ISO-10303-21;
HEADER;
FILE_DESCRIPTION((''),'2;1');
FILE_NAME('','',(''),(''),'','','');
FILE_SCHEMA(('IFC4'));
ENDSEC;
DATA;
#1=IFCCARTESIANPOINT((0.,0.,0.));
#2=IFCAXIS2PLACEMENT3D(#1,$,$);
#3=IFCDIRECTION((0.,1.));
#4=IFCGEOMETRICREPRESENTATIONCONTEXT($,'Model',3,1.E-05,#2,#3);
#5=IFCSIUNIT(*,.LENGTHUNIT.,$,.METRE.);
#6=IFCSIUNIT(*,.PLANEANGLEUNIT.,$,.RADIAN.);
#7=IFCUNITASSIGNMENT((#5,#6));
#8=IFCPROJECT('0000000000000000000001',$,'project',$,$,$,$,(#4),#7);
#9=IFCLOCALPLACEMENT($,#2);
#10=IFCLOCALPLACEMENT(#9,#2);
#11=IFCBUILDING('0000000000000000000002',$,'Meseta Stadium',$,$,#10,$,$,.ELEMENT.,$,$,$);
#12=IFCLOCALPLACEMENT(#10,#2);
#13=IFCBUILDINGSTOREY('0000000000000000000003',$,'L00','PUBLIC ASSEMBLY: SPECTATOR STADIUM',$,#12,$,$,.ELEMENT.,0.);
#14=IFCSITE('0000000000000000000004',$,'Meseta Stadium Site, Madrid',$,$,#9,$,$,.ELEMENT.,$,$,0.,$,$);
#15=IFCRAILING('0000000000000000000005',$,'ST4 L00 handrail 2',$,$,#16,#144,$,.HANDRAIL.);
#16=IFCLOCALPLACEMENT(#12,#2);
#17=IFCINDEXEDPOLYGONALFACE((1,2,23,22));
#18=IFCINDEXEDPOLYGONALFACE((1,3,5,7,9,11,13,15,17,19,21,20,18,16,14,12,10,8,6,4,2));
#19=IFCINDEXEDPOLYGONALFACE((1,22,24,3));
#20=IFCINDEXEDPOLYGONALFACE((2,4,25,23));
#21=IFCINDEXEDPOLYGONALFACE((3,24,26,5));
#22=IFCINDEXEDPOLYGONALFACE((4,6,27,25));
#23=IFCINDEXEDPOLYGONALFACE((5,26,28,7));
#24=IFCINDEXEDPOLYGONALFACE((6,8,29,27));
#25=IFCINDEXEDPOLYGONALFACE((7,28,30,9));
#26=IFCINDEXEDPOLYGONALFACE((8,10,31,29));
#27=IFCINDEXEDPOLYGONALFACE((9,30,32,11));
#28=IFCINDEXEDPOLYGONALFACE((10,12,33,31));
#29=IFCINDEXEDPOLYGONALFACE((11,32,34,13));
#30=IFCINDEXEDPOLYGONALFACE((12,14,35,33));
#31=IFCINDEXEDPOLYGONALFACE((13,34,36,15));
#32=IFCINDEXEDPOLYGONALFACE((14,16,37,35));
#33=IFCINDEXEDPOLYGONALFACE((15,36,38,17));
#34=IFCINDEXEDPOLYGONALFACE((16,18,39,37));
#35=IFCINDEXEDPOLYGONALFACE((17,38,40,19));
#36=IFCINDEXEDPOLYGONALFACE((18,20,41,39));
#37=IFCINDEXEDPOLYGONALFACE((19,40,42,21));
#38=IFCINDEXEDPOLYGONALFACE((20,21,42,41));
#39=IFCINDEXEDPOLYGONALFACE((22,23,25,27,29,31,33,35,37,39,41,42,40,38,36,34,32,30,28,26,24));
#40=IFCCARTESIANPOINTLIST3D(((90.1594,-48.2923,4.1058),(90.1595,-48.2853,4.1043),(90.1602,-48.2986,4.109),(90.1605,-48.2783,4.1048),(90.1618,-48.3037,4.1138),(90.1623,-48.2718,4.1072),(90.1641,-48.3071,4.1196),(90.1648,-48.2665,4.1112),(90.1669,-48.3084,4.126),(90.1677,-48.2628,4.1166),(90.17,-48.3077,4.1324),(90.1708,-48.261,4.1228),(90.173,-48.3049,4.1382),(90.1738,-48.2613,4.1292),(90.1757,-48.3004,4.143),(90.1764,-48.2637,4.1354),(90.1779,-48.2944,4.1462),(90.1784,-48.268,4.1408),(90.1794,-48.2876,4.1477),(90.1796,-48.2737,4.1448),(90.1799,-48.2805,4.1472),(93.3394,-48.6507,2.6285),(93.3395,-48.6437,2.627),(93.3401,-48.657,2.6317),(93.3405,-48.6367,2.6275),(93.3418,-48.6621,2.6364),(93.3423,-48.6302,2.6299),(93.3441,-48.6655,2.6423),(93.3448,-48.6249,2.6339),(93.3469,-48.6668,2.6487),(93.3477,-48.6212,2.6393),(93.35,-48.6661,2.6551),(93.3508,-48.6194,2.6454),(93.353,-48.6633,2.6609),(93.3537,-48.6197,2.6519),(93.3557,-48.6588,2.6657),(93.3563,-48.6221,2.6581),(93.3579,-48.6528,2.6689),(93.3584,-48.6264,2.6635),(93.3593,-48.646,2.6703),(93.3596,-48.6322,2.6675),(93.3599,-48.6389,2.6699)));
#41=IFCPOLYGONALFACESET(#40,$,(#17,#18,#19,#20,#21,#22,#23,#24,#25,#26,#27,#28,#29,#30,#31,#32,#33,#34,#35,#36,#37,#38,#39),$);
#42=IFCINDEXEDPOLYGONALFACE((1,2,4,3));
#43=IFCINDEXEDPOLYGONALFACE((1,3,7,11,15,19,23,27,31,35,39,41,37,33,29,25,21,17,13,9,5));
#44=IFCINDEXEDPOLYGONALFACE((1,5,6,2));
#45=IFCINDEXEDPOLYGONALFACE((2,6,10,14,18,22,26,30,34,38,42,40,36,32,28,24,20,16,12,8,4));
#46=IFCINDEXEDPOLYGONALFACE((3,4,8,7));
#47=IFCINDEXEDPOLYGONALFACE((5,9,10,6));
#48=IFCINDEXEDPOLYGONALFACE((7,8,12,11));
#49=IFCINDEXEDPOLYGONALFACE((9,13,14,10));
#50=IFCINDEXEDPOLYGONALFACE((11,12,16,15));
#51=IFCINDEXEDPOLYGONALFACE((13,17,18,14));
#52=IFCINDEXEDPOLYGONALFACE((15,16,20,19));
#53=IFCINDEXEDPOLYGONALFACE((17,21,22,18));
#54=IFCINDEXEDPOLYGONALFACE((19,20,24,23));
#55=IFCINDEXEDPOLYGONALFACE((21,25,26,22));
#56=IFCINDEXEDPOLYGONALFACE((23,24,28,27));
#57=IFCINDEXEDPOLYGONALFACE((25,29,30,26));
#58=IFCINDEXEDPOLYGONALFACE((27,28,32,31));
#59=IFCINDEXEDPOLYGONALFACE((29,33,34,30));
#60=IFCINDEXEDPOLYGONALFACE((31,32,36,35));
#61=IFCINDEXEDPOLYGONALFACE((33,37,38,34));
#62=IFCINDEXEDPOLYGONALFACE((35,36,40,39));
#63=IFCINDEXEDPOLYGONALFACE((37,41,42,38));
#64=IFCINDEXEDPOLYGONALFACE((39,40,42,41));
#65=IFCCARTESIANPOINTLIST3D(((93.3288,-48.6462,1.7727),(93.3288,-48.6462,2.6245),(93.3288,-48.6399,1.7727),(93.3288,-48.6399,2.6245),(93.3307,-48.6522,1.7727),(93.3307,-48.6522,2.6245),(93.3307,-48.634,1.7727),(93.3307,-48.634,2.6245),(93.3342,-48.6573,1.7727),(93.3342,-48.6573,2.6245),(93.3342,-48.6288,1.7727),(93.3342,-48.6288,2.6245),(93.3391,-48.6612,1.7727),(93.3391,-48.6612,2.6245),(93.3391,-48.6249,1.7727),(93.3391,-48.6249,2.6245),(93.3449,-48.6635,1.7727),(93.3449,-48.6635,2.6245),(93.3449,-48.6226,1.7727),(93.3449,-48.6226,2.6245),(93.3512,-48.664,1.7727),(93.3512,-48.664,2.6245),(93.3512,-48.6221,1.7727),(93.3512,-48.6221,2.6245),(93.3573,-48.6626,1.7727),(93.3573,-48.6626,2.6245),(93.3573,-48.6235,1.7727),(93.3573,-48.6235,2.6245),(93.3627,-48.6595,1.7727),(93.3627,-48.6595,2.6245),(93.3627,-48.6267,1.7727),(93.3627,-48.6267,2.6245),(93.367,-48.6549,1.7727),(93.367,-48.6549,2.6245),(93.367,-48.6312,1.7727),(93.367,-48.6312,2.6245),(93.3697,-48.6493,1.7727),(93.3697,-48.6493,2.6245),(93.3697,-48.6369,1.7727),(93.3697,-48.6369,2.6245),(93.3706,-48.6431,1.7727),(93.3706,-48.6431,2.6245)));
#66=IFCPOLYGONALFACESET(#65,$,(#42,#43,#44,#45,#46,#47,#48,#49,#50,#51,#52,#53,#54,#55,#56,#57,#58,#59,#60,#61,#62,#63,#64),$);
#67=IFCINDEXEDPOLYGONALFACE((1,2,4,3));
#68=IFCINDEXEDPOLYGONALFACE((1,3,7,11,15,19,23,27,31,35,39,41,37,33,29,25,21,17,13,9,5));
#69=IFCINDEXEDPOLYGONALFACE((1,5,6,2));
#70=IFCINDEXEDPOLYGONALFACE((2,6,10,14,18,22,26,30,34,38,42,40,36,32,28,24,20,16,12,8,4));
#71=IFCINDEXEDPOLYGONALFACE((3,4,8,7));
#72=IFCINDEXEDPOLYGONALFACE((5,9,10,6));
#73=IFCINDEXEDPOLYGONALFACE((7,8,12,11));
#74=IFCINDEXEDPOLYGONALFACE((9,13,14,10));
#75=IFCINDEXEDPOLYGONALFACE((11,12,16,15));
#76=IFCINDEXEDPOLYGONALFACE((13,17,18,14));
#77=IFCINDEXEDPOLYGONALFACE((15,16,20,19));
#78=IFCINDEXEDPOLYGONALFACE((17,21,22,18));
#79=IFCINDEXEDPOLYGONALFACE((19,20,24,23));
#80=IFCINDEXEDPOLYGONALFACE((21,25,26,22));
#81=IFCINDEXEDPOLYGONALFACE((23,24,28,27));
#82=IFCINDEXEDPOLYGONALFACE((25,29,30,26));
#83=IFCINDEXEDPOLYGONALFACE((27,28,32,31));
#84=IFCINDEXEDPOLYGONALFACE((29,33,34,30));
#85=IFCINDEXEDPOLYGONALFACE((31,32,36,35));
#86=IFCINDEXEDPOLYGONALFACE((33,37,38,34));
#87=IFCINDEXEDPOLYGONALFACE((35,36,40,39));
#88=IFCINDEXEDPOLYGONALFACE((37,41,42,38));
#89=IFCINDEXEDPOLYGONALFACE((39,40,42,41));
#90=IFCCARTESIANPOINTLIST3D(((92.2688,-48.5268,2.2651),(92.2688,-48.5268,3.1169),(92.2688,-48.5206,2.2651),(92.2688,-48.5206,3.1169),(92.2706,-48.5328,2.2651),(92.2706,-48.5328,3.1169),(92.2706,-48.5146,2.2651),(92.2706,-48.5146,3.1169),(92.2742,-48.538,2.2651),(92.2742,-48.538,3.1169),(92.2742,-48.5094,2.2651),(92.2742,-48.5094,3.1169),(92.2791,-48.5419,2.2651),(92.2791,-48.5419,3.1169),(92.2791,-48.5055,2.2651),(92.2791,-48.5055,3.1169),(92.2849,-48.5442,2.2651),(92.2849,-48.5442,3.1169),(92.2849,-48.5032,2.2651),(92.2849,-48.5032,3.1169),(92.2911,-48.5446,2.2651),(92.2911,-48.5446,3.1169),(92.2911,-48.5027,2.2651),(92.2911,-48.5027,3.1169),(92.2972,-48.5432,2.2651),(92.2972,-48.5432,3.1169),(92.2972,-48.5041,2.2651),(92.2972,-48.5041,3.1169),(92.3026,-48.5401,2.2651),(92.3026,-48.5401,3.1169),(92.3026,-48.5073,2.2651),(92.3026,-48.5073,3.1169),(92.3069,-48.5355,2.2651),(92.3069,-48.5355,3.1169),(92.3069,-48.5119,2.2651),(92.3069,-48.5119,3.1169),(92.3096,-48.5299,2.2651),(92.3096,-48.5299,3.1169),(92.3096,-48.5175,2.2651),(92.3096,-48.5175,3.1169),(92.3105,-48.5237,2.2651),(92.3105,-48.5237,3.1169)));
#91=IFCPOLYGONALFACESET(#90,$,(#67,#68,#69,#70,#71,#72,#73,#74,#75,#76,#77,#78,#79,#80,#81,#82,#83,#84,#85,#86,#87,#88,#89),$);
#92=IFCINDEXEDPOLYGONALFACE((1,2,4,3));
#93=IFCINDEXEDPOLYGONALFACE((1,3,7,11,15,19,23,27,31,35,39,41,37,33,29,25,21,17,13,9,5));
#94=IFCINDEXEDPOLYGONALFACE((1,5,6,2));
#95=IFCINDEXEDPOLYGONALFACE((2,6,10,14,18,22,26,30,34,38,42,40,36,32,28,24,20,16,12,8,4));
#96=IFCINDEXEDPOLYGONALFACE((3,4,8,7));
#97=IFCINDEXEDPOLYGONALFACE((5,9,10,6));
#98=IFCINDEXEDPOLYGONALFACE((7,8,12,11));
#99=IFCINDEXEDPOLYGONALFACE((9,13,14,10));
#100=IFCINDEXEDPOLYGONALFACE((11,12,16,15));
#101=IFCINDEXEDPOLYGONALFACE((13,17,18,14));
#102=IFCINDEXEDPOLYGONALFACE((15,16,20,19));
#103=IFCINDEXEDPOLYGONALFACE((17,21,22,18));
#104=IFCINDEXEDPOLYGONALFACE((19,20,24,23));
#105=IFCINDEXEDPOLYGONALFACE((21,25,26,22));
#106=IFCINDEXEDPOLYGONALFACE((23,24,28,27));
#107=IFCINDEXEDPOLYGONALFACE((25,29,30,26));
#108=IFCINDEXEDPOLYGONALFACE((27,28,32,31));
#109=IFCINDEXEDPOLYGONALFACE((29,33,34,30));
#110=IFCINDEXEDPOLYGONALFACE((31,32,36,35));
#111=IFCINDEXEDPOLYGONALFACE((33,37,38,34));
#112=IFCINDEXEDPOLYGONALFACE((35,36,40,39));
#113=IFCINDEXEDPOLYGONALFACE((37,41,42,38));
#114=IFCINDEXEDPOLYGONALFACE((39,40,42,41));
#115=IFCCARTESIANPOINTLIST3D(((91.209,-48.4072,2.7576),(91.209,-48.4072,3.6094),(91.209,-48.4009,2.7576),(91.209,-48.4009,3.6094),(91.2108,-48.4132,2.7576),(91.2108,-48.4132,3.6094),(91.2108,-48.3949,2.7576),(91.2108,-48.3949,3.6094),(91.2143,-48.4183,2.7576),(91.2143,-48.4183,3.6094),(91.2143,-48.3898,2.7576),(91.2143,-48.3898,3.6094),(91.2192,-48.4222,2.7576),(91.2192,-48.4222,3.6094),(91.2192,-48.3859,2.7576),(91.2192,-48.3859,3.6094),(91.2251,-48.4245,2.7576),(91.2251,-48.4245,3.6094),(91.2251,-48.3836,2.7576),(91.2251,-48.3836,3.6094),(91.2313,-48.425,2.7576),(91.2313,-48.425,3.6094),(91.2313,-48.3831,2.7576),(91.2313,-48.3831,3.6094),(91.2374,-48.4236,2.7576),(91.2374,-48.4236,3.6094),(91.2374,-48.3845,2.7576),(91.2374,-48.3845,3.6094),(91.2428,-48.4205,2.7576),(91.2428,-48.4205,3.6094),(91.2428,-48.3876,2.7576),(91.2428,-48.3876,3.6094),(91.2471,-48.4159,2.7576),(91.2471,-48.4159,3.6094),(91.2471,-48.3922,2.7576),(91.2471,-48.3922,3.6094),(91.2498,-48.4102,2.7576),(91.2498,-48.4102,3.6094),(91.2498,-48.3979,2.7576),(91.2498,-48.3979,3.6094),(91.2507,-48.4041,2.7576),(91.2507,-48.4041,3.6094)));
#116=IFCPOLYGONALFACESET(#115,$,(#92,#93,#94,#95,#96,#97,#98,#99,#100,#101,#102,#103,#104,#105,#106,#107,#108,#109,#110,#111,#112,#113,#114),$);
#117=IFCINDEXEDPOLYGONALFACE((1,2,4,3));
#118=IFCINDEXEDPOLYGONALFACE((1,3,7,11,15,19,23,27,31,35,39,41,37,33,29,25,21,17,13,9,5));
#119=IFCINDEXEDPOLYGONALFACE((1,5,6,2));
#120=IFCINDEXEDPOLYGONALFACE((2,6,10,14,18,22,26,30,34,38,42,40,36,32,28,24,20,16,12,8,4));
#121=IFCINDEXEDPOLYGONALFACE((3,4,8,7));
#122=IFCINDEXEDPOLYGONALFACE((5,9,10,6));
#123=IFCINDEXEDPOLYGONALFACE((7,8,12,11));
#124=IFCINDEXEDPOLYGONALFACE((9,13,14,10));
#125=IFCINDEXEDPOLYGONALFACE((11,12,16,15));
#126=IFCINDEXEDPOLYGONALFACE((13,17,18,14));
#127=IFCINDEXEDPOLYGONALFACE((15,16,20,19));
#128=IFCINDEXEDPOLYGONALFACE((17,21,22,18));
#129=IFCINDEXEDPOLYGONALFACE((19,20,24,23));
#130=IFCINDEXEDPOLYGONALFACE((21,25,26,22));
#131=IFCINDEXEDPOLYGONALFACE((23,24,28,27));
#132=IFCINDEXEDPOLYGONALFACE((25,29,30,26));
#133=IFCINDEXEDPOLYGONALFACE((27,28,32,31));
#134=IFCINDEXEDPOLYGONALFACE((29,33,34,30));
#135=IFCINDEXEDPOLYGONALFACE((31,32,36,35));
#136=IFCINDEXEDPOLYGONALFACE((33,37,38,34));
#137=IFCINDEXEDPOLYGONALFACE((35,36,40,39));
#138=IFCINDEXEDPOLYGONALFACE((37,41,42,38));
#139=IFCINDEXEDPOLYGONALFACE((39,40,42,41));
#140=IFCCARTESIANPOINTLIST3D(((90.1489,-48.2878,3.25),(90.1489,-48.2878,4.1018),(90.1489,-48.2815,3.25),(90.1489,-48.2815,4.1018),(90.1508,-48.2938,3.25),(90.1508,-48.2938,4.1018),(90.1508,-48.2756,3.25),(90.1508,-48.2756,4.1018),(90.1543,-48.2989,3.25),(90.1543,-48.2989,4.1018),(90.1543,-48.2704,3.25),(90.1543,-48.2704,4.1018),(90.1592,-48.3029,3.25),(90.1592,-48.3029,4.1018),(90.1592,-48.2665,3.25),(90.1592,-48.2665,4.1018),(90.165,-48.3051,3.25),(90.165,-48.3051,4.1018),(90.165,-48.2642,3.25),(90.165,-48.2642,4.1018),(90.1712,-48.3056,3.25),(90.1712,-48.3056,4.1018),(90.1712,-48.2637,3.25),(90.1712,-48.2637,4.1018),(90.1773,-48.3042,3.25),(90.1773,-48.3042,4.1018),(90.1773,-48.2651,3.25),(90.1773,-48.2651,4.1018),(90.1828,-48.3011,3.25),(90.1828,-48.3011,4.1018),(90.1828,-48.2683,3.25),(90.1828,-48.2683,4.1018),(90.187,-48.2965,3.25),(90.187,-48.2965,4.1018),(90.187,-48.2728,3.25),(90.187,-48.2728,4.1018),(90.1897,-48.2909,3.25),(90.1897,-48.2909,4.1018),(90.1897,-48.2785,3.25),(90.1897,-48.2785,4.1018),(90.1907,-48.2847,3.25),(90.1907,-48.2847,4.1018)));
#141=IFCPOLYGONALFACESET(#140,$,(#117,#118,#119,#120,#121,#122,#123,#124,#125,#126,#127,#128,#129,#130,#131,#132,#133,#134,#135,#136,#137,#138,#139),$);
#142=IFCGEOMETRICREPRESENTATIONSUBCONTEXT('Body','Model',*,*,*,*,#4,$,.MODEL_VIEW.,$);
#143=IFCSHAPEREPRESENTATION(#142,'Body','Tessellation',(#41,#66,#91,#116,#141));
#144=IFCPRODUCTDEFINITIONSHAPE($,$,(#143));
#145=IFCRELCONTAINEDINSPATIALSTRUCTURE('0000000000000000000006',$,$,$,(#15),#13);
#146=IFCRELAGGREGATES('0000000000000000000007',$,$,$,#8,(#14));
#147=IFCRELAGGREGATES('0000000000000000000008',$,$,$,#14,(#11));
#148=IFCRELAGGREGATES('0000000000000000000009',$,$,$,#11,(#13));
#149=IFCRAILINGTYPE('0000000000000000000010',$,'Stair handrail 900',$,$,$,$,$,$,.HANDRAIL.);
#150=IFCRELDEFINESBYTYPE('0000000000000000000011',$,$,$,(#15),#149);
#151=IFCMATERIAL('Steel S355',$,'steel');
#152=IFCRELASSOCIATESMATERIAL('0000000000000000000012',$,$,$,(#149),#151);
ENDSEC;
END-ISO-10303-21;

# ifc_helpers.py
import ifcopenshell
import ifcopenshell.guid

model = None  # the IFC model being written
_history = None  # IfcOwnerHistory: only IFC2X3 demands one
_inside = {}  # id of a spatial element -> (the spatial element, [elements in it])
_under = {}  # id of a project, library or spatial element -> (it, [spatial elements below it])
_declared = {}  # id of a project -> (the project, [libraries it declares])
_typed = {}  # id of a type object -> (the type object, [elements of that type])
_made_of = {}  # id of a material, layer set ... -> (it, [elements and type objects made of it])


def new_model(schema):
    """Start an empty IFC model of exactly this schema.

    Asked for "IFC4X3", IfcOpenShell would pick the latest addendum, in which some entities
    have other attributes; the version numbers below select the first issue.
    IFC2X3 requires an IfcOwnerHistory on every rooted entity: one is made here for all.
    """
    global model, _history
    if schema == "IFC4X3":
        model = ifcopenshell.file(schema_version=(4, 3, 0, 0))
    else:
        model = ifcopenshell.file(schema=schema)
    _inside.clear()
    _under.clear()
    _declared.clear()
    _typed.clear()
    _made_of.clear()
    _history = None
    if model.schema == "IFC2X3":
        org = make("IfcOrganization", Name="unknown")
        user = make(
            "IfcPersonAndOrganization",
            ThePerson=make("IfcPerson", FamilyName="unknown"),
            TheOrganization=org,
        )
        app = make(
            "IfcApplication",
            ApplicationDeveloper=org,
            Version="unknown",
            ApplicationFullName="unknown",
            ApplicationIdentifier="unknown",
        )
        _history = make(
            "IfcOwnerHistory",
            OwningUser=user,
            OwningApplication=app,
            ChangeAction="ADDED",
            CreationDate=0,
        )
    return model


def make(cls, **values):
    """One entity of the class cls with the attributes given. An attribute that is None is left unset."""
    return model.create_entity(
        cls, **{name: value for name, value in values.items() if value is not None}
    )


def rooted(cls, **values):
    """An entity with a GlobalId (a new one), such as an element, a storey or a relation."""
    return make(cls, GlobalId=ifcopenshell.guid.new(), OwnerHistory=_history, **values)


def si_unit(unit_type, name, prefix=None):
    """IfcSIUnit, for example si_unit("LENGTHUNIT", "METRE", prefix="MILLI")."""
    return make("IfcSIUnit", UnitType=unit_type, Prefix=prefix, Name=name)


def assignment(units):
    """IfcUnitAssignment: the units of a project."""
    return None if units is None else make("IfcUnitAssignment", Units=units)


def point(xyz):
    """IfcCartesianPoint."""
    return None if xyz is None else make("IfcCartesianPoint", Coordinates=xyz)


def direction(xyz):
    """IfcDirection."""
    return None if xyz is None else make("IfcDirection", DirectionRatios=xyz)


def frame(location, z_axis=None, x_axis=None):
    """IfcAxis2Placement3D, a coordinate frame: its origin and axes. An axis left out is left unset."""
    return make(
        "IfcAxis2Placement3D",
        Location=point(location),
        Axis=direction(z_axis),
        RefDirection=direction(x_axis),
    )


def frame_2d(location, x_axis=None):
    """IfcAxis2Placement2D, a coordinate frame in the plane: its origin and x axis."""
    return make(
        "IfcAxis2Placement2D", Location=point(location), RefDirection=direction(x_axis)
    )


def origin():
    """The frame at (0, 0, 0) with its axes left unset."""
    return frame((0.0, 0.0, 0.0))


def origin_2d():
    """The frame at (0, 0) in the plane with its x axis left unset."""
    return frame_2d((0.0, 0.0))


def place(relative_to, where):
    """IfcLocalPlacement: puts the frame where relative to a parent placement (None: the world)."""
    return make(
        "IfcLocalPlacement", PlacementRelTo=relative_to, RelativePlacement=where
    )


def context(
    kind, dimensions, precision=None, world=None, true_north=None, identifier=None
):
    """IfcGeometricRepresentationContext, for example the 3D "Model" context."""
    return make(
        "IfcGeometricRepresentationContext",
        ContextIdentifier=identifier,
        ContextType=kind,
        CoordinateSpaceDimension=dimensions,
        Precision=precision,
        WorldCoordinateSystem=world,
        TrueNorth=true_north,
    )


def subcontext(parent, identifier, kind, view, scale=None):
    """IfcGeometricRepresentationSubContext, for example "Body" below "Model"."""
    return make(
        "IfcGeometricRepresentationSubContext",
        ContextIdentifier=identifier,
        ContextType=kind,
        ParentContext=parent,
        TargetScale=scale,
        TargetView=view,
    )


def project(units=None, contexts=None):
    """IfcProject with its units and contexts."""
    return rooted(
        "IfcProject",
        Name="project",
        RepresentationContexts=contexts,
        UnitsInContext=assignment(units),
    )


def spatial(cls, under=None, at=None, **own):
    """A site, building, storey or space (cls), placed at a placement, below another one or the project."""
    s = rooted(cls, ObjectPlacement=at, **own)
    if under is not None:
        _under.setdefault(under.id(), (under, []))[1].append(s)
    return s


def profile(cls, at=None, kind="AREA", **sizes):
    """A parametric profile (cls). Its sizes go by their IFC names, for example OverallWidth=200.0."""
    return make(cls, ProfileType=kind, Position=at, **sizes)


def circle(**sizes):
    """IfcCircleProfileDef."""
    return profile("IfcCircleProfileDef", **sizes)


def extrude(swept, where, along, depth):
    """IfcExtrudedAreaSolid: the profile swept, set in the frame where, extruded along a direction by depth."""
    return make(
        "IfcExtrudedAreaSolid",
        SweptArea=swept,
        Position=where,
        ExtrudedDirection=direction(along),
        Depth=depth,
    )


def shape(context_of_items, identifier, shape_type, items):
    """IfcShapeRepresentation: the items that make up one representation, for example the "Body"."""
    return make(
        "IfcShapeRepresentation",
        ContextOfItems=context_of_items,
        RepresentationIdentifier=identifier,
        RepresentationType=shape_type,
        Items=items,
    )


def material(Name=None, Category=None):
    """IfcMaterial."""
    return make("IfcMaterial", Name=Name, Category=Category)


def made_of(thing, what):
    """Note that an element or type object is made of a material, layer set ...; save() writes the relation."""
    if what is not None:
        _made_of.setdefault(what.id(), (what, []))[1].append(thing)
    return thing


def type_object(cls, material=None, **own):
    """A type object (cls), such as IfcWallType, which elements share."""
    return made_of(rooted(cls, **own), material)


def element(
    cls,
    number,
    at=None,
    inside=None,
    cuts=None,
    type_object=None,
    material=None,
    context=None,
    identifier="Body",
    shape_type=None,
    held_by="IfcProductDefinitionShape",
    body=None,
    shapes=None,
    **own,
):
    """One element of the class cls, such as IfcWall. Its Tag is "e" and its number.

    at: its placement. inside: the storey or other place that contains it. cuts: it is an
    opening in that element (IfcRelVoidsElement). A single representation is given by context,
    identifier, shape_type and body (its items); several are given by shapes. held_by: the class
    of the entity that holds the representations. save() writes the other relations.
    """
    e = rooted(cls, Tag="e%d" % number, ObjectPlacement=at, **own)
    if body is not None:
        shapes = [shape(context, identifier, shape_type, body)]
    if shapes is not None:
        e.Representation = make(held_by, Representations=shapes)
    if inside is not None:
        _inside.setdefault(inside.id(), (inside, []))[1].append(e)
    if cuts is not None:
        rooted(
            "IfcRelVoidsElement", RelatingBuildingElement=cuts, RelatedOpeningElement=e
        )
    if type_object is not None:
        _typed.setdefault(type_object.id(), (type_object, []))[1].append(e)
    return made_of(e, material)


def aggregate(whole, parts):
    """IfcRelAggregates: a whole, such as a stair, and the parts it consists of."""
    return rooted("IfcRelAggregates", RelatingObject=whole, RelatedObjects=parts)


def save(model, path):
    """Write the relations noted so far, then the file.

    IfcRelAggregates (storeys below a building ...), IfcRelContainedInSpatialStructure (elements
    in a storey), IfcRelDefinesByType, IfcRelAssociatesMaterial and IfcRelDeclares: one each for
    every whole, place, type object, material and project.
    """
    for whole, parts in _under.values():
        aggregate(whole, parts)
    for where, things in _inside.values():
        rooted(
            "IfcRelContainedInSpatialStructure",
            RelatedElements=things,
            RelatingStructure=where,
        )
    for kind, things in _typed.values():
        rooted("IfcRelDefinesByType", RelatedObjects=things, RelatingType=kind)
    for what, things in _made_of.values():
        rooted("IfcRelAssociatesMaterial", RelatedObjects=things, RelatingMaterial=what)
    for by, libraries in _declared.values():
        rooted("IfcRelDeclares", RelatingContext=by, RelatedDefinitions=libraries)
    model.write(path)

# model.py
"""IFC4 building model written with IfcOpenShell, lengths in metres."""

from ifc_helpers import new_model, si_unit, direction, frame, origin, origin_2d, place, context, subcontext, project, spatial, circle, extrude, material, type_object, element, save


model = new_model("IFC4")

# Units and contexts
model_context = context("Model", 3, precision=1e-05, world=origin(), true_north=direction((0.0, 1.0)))
body_context = subcontext(model_context, "Body", "Model", "MODEL_VIEW")
ifc_project = project(units=[si_unit("LENGTHUNIT", "METRE"), si_unit("PLANEANGLEUNIT", "RADIAN")], contexts=[model_context])

# Site, building, storey
site_placement = place(None, origin())
site = spatial("IfcSite", under=ifc_project, at=site_placement, Name="Meseta Stadium Site, Madrid", CompositionType="ELEMENT", RefElevation=0.0)
building_placement = place(site_placement, origin())
building = spatial("IfcBuilding", under=site, at=building_placement, Name="Meseta Stadium", CompositionType="ELEMENT")
storey_placement = place(building_placement, origin())
storey = spatial("IfcBuildingStorey", under=building, at=storey_placement, Name="L00", Description="PUBLIC ASSEMBLY: SPECTATOR STADIUM", CompositionType="ELEMENT", Elevation=0.0)

# Railing
ifc_material_1 = material(Name="Steel S355", Category="steel")
railing_type_1 = type_object("IfcRailingType", Name="Stair handrail 900", PredefinedType="HANDRAIL", material=ifc_material_1)
for number, where, name in (
    (1, (93.3496, -48.6431, 1.7727), "ST4 L00 handrail 2"),
):
    element("IfcRailing", number, at=place(storey_placement, frame(where)), inside=storey, type_object=railing_type_1, Name=name, PredefinedType="HANDRAIL", context=body_context, shape_type="SweptSolid", body=[
        extrude(circle(Radius=0.0239, at=origin_2d()), frame((0.0, 0.0, 0.876), z_axis=(-0.90221, 0.101685, 0.419138), x_axis=(-0.111997, -0.993709, 0.0)), (0.0, 0.0, 1.0), 3.5247),
        extrude(circle(Radius=0.021, at=origin_2d()), origin(), (0.0, 0.0, 1.0), 0.8518),
        extrude(circle(Radius=0.021, at=origin_2d()), frame((-1.0601, 0.1194, 0.4924)), (0.0, 0.0, 1.0), 0.8518),
        extrude(circle(Radius=0.021, at=origin_2d()), frame((-2.1199, 0.239, 0.9849)), (0.0, 0.0, 1.0), 0.8518),
        extrude(circle(Radius=0.021, at=origin_2d()), frame((-3.1799, 0.3584, 1.4773)), (0.0, 0.0, 1.0), 0.8518),
    ])

save(model, "model.ifc")
